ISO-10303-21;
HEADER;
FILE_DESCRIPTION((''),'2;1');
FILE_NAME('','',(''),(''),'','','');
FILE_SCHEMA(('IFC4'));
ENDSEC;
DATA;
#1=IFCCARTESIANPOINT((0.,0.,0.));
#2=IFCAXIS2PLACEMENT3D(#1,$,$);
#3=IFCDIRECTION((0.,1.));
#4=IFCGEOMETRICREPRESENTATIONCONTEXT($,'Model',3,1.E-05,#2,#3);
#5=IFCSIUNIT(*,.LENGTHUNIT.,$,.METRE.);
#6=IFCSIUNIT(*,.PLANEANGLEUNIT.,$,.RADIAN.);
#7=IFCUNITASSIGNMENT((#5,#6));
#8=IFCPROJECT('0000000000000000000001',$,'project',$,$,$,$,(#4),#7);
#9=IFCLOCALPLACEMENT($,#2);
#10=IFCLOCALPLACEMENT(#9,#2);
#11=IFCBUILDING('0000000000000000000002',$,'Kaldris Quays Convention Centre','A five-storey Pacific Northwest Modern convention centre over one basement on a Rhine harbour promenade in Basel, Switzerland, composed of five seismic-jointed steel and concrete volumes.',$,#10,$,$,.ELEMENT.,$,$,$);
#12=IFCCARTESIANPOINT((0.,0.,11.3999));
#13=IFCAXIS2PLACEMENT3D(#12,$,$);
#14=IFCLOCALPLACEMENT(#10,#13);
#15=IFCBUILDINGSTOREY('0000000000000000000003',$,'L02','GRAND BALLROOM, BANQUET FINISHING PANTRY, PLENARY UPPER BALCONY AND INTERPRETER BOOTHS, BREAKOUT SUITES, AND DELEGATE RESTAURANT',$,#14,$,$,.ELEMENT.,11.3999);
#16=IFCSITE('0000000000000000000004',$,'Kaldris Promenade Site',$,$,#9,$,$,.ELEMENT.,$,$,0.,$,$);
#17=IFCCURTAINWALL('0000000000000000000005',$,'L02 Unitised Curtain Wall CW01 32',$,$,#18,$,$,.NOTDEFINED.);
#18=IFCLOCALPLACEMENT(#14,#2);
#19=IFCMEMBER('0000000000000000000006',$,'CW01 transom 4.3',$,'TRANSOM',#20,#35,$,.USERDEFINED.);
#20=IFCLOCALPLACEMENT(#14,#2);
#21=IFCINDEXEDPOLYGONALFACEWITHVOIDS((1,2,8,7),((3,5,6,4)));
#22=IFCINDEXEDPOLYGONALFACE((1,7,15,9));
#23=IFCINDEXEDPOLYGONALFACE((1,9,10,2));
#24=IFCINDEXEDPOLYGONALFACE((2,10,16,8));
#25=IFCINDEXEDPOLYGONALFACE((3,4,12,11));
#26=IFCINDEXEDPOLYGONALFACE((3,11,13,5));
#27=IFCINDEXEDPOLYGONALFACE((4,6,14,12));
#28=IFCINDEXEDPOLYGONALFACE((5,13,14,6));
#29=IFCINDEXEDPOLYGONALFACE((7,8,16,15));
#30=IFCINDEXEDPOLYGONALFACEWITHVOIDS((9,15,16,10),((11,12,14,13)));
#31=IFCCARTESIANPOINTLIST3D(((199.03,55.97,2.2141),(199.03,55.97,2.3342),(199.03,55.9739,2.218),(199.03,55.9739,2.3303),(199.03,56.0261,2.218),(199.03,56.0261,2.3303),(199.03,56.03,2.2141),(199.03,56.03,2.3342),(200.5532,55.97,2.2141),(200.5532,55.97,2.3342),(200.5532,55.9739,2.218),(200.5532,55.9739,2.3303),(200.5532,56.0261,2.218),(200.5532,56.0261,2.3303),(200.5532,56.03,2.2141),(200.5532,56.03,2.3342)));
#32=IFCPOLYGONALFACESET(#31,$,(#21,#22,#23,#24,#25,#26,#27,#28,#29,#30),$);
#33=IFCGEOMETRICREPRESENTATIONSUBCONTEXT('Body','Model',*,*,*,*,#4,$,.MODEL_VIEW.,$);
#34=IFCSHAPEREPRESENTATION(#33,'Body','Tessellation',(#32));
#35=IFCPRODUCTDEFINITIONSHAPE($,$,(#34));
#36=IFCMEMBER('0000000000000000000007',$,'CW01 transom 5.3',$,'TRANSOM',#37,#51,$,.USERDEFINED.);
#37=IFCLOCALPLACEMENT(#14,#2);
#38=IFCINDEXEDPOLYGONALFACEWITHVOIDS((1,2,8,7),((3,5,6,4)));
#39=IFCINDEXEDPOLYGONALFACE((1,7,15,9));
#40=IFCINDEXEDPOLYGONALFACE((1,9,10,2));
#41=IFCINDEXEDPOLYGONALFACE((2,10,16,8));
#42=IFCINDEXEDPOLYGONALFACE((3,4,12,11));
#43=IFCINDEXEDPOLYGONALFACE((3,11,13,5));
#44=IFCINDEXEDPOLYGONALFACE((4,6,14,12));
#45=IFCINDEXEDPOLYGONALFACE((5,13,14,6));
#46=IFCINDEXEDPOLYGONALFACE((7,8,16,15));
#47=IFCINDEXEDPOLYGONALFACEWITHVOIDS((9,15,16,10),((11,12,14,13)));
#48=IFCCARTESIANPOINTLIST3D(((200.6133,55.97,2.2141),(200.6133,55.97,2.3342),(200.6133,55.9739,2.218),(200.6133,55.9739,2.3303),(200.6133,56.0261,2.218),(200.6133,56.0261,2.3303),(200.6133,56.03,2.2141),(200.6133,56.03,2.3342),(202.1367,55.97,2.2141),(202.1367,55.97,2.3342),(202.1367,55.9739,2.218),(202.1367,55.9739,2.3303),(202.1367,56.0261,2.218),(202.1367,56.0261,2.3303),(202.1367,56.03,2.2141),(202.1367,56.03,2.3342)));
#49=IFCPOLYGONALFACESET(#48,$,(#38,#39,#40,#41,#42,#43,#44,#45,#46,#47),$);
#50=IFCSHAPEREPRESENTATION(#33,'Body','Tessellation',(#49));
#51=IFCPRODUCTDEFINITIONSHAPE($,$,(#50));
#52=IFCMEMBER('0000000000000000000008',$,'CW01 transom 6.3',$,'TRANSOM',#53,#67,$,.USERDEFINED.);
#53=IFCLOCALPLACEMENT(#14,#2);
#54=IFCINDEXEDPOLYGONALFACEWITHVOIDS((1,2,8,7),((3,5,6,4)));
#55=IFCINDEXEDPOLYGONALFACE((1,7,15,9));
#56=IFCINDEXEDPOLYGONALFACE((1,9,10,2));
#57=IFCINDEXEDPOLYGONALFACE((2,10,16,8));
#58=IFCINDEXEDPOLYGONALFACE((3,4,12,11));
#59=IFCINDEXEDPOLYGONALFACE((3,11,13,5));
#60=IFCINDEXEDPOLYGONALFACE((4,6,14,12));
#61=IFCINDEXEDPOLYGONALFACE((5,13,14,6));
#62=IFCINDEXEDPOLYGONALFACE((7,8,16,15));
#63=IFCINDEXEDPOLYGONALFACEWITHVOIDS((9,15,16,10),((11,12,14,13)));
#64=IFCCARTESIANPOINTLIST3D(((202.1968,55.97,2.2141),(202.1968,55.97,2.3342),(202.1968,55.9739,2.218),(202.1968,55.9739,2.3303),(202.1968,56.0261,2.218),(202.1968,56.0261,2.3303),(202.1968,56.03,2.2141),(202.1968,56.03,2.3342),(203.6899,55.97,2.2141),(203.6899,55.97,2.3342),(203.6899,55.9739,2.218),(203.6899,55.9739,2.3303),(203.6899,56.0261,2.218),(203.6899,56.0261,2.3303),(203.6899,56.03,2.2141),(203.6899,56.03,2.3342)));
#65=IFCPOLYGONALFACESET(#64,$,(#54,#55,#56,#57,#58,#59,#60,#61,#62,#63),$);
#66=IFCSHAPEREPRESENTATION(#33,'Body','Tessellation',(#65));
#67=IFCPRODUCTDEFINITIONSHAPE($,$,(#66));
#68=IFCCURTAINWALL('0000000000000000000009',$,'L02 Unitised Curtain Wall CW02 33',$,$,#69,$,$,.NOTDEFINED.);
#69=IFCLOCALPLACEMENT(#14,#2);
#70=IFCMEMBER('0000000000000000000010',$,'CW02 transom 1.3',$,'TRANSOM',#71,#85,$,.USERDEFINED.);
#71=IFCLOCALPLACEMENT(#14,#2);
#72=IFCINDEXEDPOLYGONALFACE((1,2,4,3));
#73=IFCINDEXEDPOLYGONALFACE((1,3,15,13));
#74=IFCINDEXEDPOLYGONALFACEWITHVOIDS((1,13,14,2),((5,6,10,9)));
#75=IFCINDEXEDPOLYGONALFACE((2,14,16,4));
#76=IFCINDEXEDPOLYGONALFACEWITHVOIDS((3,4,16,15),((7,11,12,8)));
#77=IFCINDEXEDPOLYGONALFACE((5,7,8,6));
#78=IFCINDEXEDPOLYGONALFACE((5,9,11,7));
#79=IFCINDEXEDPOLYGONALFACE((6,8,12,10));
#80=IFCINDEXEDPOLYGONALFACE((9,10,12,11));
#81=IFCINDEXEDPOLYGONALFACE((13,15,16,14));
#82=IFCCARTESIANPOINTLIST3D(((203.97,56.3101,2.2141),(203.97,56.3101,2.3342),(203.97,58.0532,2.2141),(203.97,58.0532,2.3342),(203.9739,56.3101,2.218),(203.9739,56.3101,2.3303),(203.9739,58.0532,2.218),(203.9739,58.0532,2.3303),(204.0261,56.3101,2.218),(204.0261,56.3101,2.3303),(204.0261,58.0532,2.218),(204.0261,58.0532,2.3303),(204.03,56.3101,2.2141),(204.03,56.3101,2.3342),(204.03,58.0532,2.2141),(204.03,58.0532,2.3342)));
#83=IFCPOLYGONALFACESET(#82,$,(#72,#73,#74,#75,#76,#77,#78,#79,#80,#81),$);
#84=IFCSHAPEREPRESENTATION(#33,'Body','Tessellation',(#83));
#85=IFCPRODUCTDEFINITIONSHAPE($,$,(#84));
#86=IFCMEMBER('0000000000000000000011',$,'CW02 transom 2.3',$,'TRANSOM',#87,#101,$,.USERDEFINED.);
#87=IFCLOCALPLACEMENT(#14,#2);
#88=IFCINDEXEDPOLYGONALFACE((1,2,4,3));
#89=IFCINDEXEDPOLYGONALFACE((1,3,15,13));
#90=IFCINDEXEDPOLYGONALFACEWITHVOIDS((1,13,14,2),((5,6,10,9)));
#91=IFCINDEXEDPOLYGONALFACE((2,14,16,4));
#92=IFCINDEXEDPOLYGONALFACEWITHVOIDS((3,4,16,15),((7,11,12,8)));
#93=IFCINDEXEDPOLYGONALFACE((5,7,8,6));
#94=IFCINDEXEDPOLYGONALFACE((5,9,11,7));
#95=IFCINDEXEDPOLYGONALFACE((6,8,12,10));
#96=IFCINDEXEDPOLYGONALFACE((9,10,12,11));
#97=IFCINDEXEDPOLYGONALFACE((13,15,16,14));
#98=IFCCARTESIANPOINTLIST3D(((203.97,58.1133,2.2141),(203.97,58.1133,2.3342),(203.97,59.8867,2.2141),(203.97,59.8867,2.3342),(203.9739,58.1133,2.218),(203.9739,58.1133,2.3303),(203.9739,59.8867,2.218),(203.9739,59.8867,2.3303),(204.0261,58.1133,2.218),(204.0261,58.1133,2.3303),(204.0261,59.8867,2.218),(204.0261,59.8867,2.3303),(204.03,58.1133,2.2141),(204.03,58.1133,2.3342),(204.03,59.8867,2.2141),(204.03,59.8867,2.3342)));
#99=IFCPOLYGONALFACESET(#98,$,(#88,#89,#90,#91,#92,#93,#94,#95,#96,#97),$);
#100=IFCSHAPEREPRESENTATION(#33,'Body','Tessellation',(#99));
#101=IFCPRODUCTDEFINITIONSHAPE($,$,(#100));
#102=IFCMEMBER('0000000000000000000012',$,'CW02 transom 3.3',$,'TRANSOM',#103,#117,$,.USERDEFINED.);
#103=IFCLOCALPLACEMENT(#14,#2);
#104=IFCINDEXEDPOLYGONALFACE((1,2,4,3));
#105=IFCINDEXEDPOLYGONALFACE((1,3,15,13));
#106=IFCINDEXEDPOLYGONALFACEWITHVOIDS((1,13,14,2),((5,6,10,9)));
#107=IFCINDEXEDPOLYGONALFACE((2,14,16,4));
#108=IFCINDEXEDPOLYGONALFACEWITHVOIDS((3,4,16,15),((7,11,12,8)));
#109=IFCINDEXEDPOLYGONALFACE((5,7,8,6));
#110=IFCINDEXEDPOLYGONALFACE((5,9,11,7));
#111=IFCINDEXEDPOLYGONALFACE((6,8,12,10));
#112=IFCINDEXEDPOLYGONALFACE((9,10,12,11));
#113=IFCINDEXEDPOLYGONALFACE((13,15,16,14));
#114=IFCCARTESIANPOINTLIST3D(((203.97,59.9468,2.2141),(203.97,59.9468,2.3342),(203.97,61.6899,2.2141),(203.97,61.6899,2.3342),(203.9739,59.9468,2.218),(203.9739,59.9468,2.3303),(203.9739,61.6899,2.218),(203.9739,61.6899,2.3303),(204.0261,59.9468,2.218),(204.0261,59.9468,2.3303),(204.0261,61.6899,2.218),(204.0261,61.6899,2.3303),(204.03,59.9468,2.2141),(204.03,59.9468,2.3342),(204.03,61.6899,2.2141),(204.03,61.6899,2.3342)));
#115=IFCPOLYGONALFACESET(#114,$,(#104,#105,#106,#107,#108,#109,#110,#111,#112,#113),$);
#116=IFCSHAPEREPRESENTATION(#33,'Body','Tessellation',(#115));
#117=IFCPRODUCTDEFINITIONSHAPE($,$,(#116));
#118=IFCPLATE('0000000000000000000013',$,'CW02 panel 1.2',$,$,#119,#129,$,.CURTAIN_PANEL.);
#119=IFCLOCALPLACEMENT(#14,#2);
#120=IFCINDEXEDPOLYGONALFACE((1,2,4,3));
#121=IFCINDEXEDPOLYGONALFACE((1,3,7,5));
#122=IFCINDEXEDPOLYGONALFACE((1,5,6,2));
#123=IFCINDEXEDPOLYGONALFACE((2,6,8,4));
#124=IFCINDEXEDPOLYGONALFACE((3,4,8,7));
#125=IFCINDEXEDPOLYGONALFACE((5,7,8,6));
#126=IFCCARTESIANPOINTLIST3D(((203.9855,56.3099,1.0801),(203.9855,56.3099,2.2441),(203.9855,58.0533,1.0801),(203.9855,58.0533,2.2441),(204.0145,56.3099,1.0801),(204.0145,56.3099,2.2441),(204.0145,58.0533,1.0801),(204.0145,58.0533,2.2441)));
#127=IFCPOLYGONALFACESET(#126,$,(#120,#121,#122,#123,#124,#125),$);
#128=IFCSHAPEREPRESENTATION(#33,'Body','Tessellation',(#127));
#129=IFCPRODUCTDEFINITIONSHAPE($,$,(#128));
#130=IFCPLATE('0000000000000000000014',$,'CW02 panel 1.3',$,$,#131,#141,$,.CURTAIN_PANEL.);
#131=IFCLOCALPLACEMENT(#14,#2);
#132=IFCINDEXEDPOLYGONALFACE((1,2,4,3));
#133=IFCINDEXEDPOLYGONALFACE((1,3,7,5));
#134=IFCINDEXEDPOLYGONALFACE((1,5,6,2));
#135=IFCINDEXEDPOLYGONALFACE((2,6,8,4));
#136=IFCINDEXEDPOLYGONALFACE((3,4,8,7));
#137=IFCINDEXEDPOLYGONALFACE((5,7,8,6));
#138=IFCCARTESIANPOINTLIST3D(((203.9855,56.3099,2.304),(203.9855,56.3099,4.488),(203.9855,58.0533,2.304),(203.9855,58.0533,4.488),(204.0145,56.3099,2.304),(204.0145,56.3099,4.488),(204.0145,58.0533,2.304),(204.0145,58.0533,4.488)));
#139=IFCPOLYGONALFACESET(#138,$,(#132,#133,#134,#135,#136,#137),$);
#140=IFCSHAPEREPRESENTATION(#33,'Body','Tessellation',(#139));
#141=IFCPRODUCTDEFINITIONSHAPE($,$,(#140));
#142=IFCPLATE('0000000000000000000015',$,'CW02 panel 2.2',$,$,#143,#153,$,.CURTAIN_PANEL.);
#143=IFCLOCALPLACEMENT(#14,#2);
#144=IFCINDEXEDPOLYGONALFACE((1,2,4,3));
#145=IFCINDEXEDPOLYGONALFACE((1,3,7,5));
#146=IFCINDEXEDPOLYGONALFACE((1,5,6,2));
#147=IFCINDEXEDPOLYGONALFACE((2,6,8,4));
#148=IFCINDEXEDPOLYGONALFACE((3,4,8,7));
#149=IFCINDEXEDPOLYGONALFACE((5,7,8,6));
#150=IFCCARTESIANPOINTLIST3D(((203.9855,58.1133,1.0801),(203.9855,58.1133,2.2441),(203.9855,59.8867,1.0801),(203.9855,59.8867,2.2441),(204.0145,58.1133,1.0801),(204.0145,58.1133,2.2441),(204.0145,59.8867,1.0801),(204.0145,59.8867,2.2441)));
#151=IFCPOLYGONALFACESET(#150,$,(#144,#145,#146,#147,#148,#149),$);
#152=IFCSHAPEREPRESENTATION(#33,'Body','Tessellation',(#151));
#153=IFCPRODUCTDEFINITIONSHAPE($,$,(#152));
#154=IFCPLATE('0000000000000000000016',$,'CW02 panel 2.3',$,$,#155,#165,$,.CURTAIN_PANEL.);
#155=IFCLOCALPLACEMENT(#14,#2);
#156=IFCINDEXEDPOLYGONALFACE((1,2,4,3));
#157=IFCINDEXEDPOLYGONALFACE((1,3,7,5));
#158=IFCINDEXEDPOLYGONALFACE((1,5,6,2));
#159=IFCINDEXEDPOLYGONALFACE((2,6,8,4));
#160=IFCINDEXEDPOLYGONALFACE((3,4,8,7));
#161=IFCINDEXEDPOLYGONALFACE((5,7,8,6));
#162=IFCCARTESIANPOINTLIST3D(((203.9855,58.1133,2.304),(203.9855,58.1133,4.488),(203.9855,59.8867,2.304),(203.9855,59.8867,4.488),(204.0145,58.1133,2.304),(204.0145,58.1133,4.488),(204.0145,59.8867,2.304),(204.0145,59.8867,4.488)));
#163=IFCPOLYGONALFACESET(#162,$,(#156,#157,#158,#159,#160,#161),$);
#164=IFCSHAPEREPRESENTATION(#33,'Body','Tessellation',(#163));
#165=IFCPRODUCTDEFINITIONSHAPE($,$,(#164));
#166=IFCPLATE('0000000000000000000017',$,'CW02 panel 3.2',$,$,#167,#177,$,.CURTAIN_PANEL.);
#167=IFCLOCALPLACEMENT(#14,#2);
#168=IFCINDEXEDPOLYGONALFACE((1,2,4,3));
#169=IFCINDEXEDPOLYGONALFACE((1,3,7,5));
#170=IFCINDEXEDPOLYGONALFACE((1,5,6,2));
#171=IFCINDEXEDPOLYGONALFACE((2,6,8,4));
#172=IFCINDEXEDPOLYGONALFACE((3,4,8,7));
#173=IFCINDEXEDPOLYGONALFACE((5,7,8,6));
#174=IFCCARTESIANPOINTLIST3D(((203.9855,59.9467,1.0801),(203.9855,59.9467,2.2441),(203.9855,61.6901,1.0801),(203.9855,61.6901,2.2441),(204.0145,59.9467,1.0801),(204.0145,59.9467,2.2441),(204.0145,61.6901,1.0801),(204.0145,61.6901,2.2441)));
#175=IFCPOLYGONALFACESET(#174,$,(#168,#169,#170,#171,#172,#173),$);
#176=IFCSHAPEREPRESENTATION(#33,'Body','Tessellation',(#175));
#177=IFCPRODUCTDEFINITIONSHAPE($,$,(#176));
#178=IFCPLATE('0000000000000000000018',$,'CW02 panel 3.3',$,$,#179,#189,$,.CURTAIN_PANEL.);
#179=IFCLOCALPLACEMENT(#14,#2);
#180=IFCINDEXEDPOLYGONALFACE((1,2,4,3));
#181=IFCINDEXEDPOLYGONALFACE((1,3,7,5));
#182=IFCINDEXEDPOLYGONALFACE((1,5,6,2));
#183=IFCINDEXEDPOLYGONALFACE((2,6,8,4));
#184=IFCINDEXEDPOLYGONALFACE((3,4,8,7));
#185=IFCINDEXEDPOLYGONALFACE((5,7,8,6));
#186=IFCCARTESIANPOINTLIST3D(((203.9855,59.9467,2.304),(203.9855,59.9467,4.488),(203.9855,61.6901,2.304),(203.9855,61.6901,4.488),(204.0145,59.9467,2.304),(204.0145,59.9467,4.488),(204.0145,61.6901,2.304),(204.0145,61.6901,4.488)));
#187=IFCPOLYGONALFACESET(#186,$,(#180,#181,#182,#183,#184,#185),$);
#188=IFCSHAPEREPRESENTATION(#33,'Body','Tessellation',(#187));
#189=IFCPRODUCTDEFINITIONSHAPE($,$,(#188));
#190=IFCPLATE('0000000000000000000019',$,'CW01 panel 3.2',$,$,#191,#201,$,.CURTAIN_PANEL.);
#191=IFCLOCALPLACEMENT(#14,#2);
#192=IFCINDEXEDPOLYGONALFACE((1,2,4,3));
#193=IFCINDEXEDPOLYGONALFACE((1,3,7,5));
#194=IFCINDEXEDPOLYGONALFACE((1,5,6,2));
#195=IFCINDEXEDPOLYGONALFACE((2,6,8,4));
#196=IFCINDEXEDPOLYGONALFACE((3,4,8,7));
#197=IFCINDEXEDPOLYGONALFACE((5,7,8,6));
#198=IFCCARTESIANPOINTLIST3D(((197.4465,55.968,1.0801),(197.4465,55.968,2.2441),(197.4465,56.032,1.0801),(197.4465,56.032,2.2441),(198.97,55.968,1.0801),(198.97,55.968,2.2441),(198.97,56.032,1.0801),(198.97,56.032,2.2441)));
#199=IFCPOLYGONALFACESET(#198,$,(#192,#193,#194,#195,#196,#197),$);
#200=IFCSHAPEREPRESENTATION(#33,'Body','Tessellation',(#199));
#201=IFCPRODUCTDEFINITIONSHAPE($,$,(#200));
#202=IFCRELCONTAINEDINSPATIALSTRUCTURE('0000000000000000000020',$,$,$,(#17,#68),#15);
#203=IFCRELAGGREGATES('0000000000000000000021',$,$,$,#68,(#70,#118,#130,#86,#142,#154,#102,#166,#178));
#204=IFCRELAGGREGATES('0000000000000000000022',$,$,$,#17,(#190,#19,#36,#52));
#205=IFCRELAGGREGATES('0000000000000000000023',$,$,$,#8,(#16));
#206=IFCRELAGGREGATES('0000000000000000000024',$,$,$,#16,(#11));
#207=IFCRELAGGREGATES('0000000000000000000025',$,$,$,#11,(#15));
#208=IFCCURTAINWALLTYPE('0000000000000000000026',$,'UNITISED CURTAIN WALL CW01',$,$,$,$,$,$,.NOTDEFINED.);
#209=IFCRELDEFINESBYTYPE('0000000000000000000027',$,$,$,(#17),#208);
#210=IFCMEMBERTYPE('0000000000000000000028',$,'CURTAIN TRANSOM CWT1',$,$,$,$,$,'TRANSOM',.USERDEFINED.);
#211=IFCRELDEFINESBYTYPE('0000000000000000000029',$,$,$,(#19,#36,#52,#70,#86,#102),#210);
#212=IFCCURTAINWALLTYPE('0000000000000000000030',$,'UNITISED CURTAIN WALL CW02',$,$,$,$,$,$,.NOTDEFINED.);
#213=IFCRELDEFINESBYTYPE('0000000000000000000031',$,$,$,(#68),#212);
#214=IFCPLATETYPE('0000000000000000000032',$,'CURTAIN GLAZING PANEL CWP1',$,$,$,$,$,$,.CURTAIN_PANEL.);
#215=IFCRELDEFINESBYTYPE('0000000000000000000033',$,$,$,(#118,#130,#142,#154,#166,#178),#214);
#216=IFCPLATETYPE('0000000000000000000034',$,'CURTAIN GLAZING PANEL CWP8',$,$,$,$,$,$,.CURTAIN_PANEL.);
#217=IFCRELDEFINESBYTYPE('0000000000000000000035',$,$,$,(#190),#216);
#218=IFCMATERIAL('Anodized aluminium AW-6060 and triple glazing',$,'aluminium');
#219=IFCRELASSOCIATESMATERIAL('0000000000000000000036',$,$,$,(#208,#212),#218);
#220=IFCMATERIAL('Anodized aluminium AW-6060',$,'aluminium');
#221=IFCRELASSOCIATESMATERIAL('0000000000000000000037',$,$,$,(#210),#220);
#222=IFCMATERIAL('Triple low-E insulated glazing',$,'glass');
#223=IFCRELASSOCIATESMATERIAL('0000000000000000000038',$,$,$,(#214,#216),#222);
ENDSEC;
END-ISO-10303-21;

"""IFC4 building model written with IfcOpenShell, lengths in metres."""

from ifc_helpers import new_model, si_unit, direction, frame, origin, origin_2d, place, context, subcontext, project, spatial, rectangle, hollow_rectangle, extrude, material, material_profile, profile_set, type_object, element, aggregate, save


model = new_model("IFC4")

# Units and contexts
model_context = context("Model", 3, precision=1e-05, world=origin(), true_north=direction((0.0, 1.0)))
body_context = subcontext(model_context, "Body", "Model", "MODEL_VIEW")
ifc_project = project(units=[si_unit("LENGTHUNIT", "METRE"), si_unit("PLANEANGLEUNIT", "RADIAN")], contexts=[model_context])

# Site, building, storey
site_placement = place(None, origin())
site = spatial("IfcSite", under=ifc_project, at=site_placement, Name="Kaldris Promenade Site", CompositionType="ELEMENT", RefElevation=0.0)
building_placement = place(site_placement, origin())
building = spatial("IfcBuilding", under=site, at=building_placement, Name="Kaldris Quays Convention Centre", Description="A five-storey Pacific Northwest Modern convention centre over one basement on a Rhine harbour promenade in Basel, Switzerland, composed of five seismic-jointed steel and concrete volumes.", CompositionType="ELEMENT")
storey_placement = place(building_placement, frame((0.0, 0.0, 11.3999)))
storey = spatial("IfcBuildingStorey", under=building, at=storey_placement, Name="L02", Description="GRAND BALLROOM, BANQUET FINISHING PANTRY, PLENARY UPPER BALCONY AND INTERPRETER BOOTHS, BREAKOUT SUITES, AND DELEGATE RESTAURANT", CompositionType="ELEMENT", Elevation=11.3999)

# Curtain wall, members
ifc_material_1 = material(Name="Anodized aluminium AW-6060 and triple glazing", Category="aluminium")
curtain_wall_type_1 = type_object("IfcCurtainWallType", Name="UNITISED CURTAIN WALL CW01", PredefinedType="NOTDEFINED", material=ifc_material_1)
curtain_wall_1_placement = place(storey_placement, origin())
curtain_wall_1 = element("IfcCurtainWall", 1, at=curtain_wall_1_placement, inside=storey, type_object=curtain_wall_type_1, Name="L02 Unitised Curtain Wall CW01 32", PredefinedType="NOTDEFINED")
ifc_material_2 = material(Name="Anodized aluminium AW-6060", Category="aluminium")
ifc_material_profile = material_profile(ifc_material_2, hollow_rectangle(XDim=0.0601, YDim=0.1201, WallThickness=0.0039, at=origin_2d()), Name="RHS 120x60x4")
ifc_profile_set = profile_set([ifc_material_profile], Name="Anodized aluminium AW-6060")
member_type = type_object("IfcMemberType", Name="CURTAIN TRANSOM CWT1", ElementType="TRANSOM", PredefinedType="USERDEFINED", material=ifc_profile_set)
member_1_placement = place(storey_placement, frame((199.03, 56.0, 2.2742), z_axis=(1.0, 0.0, 0.0), x_axis=(0.0, 1.0, 0.0)))
member_1 = element("IfcMember", 2, at=member_1_placement, type_object=member_type, Name="CW01 transom 4.3", ObjectType="TRANSOM", PredefinedType="USERDEFINED", context=body_context, shape_type="SweptSolid", body=[
    extrude(hollow_rectangle(XDim=0.0601, YDim=0.1201, WallThickness=0.0039, at=origin_2d()), origin(), (0.0, 0.0, 1.0), 1.5232),
])
member_2_placement = place(storey_placement, frame((200.6133, 56.0, 2.2742), z_axis=(1.0, 0.0, 0.0), x_axis=(0.0, 1.0, 0.0)))
member_2 = element("IfcMember", 3, at=member_2_placement, type_object=member_type, Name="CW01 transom 5.3", ObjectType="TRANSOM", PredefinedType="USERDEFINED", context=body_context, shape_type="SweptSolid", body=[
    extrude(hollow_rectangle(XDim=0.0601, YDim=0.1201, WallThickness=0.0039, at=origin_2d()), origin(), (0.0, 0.0, 1.0), 1.5234),
])
member_3_placement = place(storey_placement, frame((202.1968, 56.0, 2.2742), z_axis=(1.0, 0.0, 0.0), x_axis=(0.0, 1.0, 0.0)))
member_3 = element("IfcMember", 4, at=member_3_placement, type_object=member_type, Name="CW01 transom 6.3", ObjectType="TRANSOM", PredefinedType="USERDEFINED", context=body_context, shape_type="SweptSolid", body=[
    extrude(hollow_rectangle(XDim=0.0601, YDim=0.1201, WallThickness=0.0039, at=origin_2d()), origin(), (0.0, 0.0, 1.0), 1.4932),
])

# Curtain wall, members, plates
curtain_wall_type_2 = type_object("IfcCurtainWallType", Name="UNITISED CURTAIN WALL CW02", PredefinedType="NOTDEFINED", material=ifc_material_1)
curtain_wall_2_placement = place(storey_placement, origin())
curtain_wall_2 = element("IfcCurtainWall", 5, at=curtain_wall_2_placement, inside=storey, type_object=curtain_wall_type_2, Name="L02 Unitised Curtain Wall CW02 33", PredefinedType="NOTDEFINED")
member_4_placement = place(storey_placement, frame((204.0, 56.3101, 2.2742), z_axis=(0.0, 1.0, 0.0), x_axis=(-1.0, 0.0, 0.0)))
member_4 = element("IfcMember", 6, at=member_4_placement, type_object=member_type, Name="CW02 transom 1.3", ObjectType="TRANSOM", PredefinedType="USERDEFINED", context=body_context, shape_type="SweptSolid", body=[
    extrude(hollow_rectangle(XDim=0.0601, YDim=0.1201, WallThickness=0.0039, at=origin_2d()), origin(), (0.0, 0.0, 1.0), 1.7432),
])
member_5_placement = place(storey_placement, frame((204.0, 58.1133, 2.2742), z_axis=(0.0, 1.0, 0.0), x_axis=(-1.0, 0.0, 0.0)))
member_5 = element("IfcMember", 7, at=member_5_placement, type_object=member_type, Name="CW02 transom 2.3", ObjectType="TRANSOM", PredefinedType="USERDEFINED", context=body_context, shape_type="SweptSolid", body=[
    extrude(hollow_rectangle(XDim=0.0601, YDim=0.1201, WallThickness=0.0039, at=origin_2d()), origin(), (0.0, 0.0, 1.0), 1.7734),
])
member_6_placement = place(storey_placement, frame((204.0, 59.9468, 2.2742), z_axis=(0.0, 1.0, 0.0), x_axis=(-1.0, 0.0, 0.0)))
member_6 = element("IfcMember", 8, at=member_6_placement, type_object=member_type, Name="CW02 transom 3.3", ObjectType="TRANSOM", PredefinedType="USERDEFINED", context=body_context, shape_type="SweptSolid", body=[
    extrude(hollow_rectangle(XDim=0.0601, YDim=0.1201, WallThickness=0.0039, at=origin_2d()), origin(), (0.0, 0.0, 1.0), 1.7432),
])
ifc_material_3 = material(Name="Triple low-E insulated glazing", Category="glass")
plate_type_1 = type_object("IfcPlateType", Name="CURTAIN GLAZING PANEL CWP1", PredefinedType="CURTAIN_PANEL", material=ifc_material_3)
plate_1_placement = place(storey_placement, frame((204.0, 57.1816, 1.0801), z_axis=(0.0, 0.0, 1.0), x_axis=(0.0, 1.0, 0.0)))
plate_1 = element("IfcPlate", 9, at=plate_1_placement, type_object=plate_type_1, Name="CW02 panel 1.2", PredefinedType="CURTAIN_PANEL", context=body_context, shape_type="SweptSolid", body=[
    extrude(rectangle(XDim=1.7434, YDim=0.0291, at=origin_2d()), origin(), (0.0, 0.0, 1.0), 1.1641),
])
plate_2_placement = place(storey_placement, frame((204.0, 57.1816, 2.304), z_axis=(0.0, 0.0, 1.0), x_axis=(0.0, 1.0, 0.0)))
plate_2 = element("IfcPlate", 10, at=plate_2_placement, type_object=plate_type_1, Name="CW02 panel 1.3", PredefinedType="CURTAIN_PANEL", context=body_context, shape_type="SweptSolid", body=[
    extrude(rectangle(XDim=1.7434, YDim=0.0291, at=origin_2d()), origin(), (0.0, 0.0, 1.0), 2.1841),
])
plate_3_placement = place(storey_placement, frame((204.0, 59.0, 1.0801), z_axis=(0.0, 0.0, 1.0), x_axis=(0.0, 1.0, 0.0)))
plate_3 = element("IfcPlate", 11, at=plate_3_placement, type_object=plate_type_1, Name="CW02 panel 2.2", PredefinedType="CURTAIN_PANEL", context=body_context, shape_type="SweptSolid", body=[
    extrude(rectangle(XDim=1.7734, YDim=0.0291, at=origin_2d()), origin(), (0.0, 0.0, 1.0), 1.1641),
])
plate_4_placement = place(storey_placement, frame((204.0, 59.0, 2.304), z_axis=(0.0, 0.0, 1.0), x_axis=(0.0, 1.0, 0.0)))
plate_4 = element("IfcPlate", 12, at=plate_4_placement, type_object=plate_type_1, Name="CW02 panel 2.3", PredefinedType="CURTAIN_PANEL", context=body_context, shape_type="SweptSolid", body=[
    extrude(rectangle(XDim=1.7734, YDim=0.0291, at=origin_2d()), origin(), (0.0, 0.0, 1.0), 2.1841),
])
plate_5_placement = place(storey_placement, frame((204.0, 60.8184, 1.0801), z_axis=(0.0, 0.0, 1.0), x_axis=(0.0, 1.0, 0.0)))
plate_5 = element("IfcPlate", 13, at=plate_5_placement, type_object=plate_type_1, Name="CW02 panel 3.2", PredefinedType="CURTAIN_PANEL", context=body_context, shape_type="SweptSolid", body=[
    extrude(rectangle(XDim=1.7434, YDim=0.0291, at=origin_2d()), origin(), (0.0, 0.0, 1.0), 1.1641),
])
plate_6_placement = place(storey_placement, frame((204.0, 60.8184, 2.304), z_axis=(0.0, 0.0, 1.0), x_axis=(0.0, 1.0, 0.0)))
plate_6 = element("IfcPlate", 14, at=plate_6_placement, type_object=plate_type_1, Name="CW02 panel 3.3", PredefinedType="CURTAIN_PANEL", context=body_context, shape_type="SweptSolid", body=[
    extrude(rectangle(XDim=1.7434, YDim=0.0291, at=origin_2d()), origin(), (0.0, 0.0, 1.0), 2.1841),
])
aggregate(curtain_wall_2, [member_4, plate_1, plate_2, member_5, plate_3, plate_4, member_6, plate_5, plate_6])

# Plate
plate_type_2 = type_object("IfcPlateType", Name="CURTAIN GLAZING PANEL CWP8", PredefinedType="CURTAIN_PANEL", material=ifc_material_3)
plate_7_placement = place(storey_placement, frame((198.2083, 56.0, 1.0801), z_axis=(0.0, 0.0, 1.0), x_axis=(1.0, 0.0, 0.0)))
plate_7 = element("IfcPlate", 15, at=plate_7_placement, type_object=plate_type_2, Name="CW01 panel 3.2", PredefinedType="CURTAIN_PANEL", context=body_context, shape_type="SweptSolid", body=[
    extrude(rectangle(XDim=1.5234, YDim=0.064, at=origin_2d()), origin(), (0.0, 0.0, 1.0), 1.1641),
])
aggregate(curtain_wall_1, [plate_7, member_1, member_2, member_3])

save(model, "model.ifc")
